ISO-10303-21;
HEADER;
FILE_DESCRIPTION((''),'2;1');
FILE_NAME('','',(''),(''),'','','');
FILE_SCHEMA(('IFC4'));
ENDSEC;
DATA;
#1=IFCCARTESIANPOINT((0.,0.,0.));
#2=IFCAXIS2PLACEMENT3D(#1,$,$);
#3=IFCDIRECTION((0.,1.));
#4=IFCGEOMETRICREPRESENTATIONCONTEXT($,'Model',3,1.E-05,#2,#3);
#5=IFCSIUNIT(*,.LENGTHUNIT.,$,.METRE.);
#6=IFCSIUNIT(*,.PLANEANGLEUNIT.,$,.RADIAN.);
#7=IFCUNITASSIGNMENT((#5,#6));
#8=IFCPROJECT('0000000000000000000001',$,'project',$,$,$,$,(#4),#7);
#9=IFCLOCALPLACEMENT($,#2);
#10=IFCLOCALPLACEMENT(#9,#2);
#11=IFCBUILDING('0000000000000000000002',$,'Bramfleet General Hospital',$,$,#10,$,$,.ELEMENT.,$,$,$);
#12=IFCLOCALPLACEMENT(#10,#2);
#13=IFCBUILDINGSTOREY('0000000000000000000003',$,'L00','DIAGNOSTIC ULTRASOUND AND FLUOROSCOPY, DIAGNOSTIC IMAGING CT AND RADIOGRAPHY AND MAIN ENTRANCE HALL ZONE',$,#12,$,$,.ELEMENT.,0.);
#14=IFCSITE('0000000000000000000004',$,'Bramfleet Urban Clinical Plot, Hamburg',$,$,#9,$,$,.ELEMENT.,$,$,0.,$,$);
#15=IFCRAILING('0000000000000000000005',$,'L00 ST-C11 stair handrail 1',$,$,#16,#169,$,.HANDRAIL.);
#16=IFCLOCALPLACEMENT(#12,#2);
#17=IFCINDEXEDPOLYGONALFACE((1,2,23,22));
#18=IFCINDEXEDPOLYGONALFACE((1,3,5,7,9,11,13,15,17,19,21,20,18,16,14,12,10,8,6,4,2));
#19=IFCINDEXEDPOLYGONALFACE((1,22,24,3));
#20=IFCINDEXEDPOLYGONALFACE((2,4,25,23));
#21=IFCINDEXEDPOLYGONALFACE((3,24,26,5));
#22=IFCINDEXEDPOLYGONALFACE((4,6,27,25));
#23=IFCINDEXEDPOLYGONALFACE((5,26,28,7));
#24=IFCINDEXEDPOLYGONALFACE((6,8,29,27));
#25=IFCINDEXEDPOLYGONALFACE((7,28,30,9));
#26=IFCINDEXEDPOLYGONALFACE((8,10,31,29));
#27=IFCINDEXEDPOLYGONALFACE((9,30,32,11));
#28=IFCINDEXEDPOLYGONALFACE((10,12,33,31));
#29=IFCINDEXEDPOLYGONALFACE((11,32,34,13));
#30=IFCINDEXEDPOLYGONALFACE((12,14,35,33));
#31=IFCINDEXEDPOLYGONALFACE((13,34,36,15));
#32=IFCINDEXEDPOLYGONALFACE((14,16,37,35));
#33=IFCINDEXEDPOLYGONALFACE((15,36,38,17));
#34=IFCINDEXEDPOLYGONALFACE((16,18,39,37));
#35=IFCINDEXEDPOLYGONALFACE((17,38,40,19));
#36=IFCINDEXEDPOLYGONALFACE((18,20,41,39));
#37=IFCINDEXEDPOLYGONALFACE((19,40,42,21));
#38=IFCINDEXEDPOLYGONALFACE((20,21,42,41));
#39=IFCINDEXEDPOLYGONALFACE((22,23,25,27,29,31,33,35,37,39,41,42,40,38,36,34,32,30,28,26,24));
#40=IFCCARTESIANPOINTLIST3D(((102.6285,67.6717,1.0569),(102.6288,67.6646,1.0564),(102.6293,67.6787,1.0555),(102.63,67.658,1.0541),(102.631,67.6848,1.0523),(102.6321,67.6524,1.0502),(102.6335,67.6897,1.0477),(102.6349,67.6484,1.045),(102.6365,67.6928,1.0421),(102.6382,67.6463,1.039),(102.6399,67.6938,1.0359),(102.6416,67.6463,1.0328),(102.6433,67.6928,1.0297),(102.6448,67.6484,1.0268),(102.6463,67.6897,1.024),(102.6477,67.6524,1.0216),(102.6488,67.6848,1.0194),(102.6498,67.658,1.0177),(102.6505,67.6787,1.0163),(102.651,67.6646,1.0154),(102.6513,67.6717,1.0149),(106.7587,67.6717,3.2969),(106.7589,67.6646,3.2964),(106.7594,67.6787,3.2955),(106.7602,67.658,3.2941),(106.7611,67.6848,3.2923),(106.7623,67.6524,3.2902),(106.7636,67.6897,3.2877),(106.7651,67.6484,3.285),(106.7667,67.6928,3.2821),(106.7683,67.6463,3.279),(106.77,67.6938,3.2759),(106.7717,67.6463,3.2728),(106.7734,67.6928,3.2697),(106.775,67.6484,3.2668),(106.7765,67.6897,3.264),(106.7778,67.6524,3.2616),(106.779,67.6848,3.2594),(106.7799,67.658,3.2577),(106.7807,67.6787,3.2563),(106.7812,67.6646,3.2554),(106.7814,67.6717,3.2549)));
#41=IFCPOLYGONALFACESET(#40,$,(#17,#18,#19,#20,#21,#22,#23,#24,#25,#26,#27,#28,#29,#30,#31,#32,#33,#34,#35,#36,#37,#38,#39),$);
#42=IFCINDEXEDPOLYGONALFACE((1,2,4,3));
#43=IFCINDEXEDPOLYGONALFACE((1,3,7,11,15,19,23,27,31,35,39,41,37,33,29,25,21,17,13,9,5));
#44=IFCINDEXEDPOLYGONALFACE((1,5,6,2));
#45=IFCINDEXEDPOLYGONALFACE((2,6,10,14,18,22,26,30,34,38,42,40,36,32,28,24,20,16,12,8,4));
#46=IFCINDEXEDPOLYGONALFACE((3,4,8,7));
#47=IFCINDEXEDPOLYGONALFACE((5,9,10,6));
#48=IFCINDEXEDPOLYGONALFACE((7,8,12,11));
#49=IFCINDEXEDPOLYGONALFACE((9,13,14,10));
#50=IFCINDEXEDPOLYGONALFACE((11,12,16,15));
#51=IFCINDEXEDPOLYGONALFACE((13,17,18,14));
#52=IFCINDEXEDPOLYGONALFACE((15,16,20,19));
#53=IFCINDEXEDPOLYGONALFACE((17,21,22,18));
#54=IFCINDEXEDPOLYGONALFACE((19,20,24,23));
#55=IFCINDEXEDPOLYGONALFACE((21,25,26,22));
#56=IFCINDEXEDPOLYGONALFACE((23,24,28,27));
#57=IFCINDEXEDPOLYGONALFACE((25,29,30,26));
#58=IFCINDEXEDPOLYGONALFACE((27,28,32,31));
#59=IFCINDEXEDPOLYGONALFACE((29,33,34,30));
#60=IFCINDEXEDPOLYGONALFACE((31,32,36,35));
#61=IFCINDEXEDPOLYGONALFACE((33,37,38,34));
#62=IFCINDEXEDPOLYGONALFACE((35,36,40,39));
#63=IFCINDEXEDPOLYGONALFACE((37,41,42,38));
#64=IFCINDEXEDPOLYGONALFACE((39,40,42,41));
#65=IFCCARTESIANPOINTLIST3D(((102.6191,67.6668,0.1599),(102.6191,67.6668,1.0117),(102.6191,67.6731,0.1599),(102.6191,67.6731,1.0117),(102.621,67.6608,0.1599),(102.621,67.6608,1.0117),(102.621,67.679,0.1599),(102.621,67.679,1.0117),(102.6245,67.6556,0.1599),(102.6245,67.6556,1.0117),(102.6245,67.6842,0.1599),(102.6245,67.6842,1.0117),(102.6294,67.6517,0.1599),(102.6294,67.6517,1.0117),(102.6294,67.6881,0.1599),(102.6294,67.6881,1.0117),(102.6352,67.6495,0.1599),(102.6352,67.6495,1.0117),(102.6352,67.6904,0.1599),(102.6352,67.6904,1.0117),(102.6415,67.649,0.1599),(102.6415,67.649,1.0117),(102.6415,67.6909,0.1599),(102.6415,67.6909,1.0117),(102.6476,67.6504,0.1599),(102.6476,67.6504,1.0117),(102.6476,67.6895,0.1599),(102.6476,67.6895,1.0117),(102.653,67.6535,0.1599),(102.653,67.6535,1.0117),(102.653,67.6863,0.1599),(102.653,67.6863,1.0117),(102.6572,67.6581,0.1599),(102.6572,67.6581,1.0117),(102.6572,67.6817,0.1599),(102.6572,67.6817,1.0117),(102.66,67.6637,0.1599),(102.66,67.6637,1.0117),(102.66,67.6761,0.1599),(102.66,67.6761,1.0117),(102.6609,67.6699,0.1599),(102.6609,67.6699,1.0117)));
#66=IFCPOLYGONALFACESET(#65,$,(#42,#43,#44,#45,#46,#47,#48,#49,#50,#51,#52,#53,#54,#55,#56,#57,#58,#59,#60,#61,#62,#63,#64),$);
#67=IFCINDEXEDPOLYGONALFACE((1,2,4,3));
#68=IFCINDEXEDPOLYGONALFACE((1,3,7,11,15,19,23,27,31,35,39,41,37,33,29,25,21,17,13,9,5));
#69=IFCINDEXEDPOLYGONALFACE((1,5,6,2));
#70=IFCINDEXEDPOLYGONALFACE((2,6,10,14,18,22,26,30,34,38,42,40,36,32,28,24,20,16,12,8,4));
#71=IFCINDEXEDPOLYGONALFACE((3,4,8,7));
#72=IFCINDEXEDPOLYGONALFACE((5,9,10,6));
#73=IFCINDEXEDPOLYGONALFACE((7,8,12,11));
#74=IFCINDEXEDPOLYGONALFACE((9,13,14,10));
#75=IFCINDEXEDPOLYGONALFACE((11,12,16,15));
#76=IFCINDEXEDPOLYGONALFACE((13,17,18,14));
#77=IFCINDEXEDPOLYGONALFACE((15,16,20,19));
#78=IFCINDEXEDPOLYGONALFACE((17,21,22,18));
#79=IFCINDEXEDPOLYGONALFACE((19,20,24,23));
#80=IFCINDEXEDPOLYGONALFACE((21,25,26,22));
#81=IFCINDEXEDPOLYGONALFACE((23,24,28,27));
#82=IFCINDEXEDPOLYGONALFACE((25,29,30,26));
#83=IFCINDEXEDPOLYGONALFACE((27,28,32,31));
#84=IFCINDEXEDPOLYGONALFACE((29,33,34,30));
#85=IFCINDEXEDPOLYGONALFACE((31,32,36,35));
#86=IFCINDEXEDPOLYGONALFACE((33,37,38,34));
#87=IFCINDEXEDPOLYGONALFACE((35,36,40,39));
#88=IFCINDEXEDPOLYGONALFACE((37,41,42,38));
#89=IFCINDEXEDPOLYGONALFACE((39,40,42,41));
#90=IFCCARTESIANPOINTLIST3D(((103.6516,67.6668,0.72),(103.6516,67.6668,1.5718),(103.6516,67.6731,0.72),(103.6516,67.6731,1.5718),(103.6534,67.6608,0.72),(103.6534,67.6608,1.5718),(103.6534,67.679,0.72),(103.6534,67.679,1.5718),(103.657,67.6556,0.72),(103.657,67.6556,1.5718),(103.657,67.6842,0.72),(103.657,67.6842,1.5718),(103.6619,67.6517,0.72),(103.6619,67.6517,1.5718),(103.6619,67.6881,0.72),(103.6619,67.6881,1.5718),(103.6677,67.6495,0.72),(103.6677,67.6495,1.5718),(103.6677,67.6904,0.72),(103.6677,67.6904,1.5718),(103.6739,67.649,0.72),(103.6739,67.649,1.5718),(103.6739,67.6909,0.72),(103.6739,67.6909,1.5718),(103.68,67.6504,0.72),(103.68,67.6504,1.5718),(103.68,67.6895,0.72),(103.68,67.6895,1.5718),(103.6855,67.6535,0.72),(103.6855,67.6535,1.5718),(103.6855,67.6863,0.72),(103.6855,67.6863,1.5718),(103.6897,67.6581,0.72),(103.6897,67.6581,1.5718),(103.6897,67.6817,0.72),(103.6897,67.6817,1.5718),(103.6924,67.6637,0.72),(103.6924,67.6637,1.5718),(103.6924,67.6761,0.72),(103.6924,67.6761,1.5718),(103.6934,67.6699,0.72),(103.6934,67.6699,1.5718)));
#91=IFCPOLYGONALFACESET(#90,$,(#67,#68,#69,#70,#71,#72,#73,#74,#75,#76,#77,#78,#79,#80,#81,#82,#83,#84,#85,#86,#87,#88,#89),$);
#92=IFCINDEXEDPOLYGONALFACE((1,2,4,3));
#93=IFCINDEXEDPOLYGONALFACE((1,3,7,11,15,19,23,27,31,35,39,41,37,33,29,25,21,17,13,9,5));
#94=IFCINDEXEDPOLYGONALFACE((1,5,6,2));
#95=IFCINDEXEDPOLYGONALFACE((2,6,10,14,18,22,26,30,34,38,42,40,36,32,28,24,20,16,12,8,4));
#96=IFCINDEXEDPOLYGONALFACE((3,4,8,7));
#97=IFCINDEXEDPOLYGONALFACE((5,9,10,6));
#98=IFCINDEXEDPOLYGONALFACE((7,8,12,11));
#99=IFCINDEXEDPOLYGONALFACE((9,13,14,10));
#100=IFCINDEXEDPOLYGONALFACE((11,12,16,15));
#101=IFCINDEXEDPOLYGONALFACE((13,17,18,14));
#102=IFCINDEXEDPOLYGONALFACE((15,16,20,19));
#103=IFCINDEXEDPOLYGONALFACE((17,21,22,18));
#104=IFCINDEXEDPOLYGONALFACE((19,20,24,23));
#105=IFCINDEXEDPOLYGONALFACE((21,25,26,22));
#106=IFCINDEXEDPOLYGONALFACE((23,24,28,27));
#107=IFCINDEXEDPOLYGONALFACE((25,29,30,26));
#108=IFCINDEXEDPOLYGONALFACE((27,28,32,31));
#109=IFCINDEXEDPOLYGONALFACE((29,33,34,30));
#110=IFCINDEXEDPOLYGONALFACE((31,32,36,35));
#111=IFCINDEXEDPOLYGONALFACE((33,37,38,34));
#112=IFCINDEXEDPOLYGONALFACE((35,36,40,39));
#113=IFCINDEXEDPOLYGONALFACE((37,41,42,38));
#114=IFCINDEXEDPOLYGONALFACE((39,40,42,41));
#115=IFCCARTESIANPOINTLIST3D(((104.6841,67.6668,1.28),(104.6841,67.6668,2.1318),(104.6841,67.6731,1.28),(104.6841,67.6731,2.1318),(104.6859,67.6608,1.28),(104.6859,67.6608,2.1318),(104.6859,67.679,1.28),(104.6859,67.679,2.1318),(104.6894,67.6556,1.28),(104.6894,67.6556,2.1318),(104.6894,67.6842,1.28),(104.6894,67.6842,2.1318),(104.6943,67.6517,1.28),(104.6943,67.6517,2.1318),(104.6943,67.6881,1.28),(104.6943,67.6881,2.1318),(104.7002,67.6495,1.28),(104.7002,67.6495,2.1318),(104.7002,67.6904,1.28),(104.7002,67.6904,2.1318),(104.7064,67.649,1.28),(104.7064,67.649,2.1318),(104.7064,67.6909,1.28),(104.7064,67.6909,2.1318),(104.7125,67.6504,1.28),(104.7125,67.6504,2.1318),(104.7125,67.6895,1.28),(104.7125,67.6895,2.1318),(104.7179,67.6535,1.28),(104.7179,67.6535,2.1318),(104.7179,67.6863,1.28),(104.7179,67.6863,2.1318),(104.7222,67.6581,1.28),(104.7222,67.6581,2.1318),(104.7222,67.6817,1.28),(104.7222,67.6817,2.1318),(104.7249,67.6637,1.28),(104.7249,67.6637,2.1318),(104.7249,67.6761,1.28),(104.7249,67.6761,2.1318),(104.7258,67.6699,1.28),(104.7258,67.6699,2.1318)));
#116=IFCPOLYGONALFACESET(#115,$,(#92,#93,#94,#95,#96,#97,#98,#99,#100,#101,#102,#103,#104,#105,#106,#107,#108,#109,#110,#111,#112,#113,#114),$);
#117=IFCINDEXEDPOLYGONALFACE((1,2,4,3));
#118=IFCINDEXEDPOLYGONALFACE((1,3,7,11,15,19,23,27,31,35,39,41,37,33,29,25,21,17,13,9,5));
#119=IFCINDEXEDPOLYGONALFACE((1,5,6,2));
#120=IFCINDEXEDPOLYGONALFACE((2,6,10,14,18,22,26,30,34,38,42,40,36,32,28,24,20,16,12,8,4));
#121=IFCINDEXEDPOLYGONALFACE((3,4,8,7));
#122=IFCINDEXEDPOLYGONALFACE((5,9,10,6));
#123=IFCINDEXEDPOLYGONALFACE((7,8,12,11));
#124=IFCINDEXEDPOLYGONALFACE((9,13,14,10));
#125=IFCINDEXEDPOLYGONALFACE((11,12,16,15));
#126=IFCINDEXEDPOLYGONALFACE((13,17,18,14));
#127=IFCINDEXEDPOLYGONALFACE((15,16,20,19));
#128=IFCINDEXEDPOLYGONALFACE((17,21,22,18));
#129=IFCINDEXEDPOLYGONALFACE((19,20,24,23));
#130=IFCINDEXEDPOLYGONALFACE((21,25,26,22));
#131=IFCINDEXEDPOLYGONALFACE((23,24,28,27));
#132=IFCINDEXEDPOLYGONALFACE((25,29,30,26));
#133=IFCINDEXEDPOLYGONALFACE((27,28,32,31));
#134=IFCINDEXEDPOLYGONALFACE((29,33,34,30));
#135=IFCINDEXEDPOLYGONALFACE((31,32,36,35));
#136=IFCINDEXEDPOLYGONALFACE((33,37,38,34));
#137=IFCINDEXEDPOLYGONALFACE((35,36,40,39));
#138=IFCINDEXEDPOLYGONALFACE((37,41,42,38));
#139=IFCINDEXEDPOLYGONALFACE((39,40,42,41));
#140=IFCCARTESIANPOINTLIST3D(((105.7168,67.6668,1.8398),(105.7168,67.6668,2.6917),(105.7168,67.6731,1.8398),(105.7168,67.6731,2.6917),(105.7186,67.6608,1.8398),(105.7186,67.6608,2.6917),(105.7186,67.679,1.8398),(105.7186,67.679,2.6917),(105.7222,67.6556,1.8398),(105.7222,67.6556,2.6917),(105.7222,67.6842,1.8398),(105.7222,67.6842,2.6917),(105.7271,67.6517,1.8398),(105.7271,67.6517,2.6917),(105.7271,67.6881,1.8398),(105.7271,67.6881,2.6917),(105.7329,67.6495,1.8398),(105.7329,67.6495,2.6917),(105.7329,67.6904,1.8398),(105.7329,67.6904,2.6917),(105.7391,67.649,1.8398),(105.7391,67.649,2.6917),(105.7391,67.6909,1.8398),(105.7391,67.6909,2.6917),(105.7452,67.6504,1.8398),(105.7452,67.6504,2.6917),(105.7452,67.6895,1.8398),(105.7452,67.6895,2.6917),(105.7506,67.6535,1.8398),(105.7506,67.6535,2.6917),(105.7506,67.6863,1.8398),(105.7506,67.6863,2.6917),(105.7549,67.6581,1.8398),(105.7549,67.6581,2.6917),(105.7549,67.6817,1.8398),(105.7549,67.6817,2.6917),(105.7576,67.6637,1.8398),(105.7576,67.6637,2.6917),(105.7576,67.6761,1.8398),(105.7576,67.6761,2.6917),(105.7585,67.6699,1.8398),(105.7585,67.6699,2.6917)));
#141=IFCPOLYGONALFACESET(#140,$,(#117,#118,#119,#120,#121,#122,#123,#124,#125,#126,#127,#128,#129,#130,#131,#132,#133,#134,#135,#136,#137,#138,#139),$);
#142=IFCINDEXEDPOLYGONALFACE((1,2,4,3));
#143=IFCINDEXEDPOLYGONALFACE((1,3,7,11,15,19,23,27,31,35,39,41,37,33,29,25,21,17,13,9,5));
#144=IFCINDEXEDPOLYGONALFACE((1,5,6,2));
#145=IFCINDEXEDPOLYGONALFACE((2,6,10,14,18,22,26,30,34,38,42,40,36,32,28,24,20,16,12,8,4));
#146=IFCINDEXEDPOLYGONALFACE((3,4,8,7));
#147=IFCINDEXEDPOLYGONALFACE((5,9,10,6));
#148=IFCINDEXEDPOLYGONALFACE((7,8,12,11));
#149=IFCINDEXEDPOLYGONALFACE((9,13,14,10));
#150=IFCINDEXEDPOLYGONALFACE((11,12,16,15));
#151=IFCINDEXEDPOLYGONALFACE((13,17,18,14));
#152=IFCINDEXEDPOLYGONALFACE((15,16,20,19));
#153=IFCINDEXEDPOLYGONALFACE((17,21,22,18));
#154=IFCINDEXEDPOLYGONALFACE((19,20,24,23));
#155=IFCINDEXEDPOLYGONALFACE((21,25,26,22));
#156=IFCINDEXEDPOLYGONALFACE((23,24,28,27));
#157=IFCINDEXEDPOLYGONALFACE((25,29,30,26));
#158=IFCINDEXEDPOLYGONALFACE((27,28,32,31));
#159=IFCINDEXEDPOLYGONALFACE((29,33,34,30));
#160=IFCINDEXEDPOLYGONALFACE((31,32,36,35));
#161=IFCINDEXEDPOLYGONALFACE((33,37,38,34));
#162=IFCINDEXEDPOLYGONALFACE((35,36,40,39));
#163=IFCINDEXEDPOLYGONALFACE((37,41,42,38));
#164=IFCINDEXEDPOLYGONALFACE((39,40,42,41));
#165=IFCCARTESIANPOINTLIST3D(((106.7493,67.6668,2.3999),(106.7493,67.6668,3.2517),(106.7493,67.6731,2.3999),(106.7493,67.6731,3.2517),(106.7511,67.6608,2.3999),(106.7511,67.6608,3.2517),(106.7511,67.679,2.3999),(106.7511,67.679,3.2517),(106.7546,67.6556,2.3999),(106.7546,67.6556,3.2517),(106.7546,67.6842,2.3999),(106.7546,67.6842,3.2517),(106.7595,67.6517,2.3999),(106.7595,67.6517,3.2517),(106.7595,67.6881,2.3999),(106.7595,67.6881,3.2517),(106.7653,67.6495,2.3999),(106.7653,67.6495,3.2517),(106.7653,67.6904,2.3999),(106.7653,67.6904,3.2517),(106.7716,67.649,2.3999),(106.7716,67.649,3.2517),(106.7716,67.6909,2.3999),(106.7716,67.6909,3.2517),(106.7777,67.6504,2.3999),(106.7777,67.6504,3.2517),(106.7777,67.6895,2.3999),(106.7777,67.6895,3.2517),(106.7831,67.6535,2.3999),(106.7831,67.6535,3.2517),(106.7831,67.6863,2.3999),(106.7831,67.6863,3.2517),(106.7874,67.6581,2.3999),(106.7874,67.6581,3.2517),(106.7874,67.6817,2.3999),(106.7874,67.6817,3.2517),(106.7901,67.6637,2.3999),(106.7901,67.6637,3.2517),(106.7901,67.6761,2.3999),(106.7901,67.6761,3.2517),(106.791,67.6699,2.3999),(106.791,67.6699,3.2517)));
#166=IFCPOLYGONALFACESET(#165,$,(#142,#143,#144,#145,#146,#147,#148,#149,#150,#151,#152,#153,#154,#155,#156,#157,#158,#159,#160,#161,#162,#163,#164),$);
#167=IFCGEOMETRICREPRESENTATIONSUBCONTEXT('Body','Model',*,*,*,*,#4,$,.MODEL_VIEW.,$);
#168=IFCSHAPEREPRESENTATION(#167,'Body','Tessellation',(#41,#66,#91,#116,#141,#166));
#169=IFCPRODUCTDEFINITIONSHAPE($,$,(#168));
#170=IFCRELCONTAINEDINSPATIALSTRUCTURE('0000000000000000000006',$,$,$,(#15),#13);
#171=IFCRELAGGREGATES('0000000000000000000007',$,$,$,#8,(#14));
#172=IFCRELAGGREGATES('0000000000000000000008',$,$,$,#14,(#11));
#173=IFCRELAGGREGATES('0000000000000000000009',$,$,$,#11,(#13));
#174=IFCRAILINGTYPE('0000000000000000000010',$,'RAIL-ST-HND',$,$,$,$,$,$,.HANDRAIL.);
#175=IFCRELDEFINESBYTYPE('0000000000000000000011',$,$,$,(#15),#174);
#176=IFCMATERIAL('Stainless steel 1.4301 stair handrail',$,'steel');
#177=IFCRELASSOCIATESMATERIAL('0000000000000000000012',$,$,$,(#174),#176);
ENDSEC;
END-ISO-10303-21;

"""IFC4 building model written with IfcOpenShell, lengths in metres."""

from ifc_helpers import new_model, si_unit, direction, frame, origin, origin_2d, place, context, subcontext, project, spatial, circle, extrude, material, type_object, element, save


model = new_model("IFC4")

# Units and contexts
model_context = context("Model", 3, precision=1e-05, world=origin(), true_north=direction((0.0, 1.0)))
body_context = subcontext(model_context, "Body", "Model", "MODEL_VIEW")
ifc_project = project(units=[si_unit("LENGTHUNIT", "METRE"), si_unit("PLANEANGLEUNIT", "RADIAN")], contexts=[model_context])

# Site, building, storey
site_placement = place(None, origin())
site = spatial("IfcSite", under=ifc_project, at=site_placement, Name="Bramfleet Urban Clinical Plot, Hamburg", CompositionType="ELEMENT", RefElevation=0.0)
building_placement = place(site_placement, origin())
building = spatial("IfcBuilding", under=site, at=building_placement, Name="Bramfleet General Hospital", CompositionType="ELEMENT")
storey_placement = place(building_placement, origin())
storey = spatial("IfcBuildingStorey", under=building, at=storey_placement, Name="L00", Description="DIAGNOSTIC ULTRASOUND AND FLUOROSCOPY, DIAGNOSTIC IMAGING CT AND RADIOGRAPHY AND MAIN ENTRANCE HALL ZONE", CompositionType="ELEMENT", Elevation=0.0)

# Railing
ifc_material_1 = material(Name="Stainless steel 1.4301 stair handrail", Category="steel")
railing_type_1 = type_object("IfcRailingType", Name="RAIL-ST-HND", PredefinedType="HANDRAIL", material=ifc_material_1)
railing_1_placement = place(storey_placement, frame((102.6399, 67.6699, 0.1599)))
element("IfcRailing", 1, at=railing_1_placement, inside=storey, type_object=railing_type_1, Name="L00 ST-C11 stair handrail 1", PredefinedType="HANDRAIL", context=body_context, shape_type="SweptSolid", body=[
    extrude(circle(Radius=0.0239, at=origin_2d()), frame((0.0, 0.0, 0.876), z_axis=(0.879039, 0.0, 0.47675), x_axis=(0.0, 1.0, 0.0)), (0.0, 0.0, 1.0), 4.6985),
    extrude(circle(Radius=0.021, at=origin_2d()), origin(), (0.0, 0.0, 1.0), 0.8518),
    extrude(circle(Radius=0.021, at=origin_2d()), frame((1.0325, 0.0, 0.5601)), (0.0, 0.0, 1.0), 0.8518),
    extrude(circle(Radius=0.021, at=origin_2d()), frame((2.0649, 0.0, 1.1201)), (0.0, 0.0, 1.0), 0.8518),
    extrude(circle(Radius=0.021, at=origin_2d()), frame((3.0977, 0.0, 1.6799)), (0.0, 0.0, 1.0), 0.8518),
    extrude(circle(Radius=0.021, at=origin_2d()), frame((4.1301, 0.0, 2.24)), (0.0, 0.0, 1.0), 0.8518),
])

save(model, "model.ifc")
